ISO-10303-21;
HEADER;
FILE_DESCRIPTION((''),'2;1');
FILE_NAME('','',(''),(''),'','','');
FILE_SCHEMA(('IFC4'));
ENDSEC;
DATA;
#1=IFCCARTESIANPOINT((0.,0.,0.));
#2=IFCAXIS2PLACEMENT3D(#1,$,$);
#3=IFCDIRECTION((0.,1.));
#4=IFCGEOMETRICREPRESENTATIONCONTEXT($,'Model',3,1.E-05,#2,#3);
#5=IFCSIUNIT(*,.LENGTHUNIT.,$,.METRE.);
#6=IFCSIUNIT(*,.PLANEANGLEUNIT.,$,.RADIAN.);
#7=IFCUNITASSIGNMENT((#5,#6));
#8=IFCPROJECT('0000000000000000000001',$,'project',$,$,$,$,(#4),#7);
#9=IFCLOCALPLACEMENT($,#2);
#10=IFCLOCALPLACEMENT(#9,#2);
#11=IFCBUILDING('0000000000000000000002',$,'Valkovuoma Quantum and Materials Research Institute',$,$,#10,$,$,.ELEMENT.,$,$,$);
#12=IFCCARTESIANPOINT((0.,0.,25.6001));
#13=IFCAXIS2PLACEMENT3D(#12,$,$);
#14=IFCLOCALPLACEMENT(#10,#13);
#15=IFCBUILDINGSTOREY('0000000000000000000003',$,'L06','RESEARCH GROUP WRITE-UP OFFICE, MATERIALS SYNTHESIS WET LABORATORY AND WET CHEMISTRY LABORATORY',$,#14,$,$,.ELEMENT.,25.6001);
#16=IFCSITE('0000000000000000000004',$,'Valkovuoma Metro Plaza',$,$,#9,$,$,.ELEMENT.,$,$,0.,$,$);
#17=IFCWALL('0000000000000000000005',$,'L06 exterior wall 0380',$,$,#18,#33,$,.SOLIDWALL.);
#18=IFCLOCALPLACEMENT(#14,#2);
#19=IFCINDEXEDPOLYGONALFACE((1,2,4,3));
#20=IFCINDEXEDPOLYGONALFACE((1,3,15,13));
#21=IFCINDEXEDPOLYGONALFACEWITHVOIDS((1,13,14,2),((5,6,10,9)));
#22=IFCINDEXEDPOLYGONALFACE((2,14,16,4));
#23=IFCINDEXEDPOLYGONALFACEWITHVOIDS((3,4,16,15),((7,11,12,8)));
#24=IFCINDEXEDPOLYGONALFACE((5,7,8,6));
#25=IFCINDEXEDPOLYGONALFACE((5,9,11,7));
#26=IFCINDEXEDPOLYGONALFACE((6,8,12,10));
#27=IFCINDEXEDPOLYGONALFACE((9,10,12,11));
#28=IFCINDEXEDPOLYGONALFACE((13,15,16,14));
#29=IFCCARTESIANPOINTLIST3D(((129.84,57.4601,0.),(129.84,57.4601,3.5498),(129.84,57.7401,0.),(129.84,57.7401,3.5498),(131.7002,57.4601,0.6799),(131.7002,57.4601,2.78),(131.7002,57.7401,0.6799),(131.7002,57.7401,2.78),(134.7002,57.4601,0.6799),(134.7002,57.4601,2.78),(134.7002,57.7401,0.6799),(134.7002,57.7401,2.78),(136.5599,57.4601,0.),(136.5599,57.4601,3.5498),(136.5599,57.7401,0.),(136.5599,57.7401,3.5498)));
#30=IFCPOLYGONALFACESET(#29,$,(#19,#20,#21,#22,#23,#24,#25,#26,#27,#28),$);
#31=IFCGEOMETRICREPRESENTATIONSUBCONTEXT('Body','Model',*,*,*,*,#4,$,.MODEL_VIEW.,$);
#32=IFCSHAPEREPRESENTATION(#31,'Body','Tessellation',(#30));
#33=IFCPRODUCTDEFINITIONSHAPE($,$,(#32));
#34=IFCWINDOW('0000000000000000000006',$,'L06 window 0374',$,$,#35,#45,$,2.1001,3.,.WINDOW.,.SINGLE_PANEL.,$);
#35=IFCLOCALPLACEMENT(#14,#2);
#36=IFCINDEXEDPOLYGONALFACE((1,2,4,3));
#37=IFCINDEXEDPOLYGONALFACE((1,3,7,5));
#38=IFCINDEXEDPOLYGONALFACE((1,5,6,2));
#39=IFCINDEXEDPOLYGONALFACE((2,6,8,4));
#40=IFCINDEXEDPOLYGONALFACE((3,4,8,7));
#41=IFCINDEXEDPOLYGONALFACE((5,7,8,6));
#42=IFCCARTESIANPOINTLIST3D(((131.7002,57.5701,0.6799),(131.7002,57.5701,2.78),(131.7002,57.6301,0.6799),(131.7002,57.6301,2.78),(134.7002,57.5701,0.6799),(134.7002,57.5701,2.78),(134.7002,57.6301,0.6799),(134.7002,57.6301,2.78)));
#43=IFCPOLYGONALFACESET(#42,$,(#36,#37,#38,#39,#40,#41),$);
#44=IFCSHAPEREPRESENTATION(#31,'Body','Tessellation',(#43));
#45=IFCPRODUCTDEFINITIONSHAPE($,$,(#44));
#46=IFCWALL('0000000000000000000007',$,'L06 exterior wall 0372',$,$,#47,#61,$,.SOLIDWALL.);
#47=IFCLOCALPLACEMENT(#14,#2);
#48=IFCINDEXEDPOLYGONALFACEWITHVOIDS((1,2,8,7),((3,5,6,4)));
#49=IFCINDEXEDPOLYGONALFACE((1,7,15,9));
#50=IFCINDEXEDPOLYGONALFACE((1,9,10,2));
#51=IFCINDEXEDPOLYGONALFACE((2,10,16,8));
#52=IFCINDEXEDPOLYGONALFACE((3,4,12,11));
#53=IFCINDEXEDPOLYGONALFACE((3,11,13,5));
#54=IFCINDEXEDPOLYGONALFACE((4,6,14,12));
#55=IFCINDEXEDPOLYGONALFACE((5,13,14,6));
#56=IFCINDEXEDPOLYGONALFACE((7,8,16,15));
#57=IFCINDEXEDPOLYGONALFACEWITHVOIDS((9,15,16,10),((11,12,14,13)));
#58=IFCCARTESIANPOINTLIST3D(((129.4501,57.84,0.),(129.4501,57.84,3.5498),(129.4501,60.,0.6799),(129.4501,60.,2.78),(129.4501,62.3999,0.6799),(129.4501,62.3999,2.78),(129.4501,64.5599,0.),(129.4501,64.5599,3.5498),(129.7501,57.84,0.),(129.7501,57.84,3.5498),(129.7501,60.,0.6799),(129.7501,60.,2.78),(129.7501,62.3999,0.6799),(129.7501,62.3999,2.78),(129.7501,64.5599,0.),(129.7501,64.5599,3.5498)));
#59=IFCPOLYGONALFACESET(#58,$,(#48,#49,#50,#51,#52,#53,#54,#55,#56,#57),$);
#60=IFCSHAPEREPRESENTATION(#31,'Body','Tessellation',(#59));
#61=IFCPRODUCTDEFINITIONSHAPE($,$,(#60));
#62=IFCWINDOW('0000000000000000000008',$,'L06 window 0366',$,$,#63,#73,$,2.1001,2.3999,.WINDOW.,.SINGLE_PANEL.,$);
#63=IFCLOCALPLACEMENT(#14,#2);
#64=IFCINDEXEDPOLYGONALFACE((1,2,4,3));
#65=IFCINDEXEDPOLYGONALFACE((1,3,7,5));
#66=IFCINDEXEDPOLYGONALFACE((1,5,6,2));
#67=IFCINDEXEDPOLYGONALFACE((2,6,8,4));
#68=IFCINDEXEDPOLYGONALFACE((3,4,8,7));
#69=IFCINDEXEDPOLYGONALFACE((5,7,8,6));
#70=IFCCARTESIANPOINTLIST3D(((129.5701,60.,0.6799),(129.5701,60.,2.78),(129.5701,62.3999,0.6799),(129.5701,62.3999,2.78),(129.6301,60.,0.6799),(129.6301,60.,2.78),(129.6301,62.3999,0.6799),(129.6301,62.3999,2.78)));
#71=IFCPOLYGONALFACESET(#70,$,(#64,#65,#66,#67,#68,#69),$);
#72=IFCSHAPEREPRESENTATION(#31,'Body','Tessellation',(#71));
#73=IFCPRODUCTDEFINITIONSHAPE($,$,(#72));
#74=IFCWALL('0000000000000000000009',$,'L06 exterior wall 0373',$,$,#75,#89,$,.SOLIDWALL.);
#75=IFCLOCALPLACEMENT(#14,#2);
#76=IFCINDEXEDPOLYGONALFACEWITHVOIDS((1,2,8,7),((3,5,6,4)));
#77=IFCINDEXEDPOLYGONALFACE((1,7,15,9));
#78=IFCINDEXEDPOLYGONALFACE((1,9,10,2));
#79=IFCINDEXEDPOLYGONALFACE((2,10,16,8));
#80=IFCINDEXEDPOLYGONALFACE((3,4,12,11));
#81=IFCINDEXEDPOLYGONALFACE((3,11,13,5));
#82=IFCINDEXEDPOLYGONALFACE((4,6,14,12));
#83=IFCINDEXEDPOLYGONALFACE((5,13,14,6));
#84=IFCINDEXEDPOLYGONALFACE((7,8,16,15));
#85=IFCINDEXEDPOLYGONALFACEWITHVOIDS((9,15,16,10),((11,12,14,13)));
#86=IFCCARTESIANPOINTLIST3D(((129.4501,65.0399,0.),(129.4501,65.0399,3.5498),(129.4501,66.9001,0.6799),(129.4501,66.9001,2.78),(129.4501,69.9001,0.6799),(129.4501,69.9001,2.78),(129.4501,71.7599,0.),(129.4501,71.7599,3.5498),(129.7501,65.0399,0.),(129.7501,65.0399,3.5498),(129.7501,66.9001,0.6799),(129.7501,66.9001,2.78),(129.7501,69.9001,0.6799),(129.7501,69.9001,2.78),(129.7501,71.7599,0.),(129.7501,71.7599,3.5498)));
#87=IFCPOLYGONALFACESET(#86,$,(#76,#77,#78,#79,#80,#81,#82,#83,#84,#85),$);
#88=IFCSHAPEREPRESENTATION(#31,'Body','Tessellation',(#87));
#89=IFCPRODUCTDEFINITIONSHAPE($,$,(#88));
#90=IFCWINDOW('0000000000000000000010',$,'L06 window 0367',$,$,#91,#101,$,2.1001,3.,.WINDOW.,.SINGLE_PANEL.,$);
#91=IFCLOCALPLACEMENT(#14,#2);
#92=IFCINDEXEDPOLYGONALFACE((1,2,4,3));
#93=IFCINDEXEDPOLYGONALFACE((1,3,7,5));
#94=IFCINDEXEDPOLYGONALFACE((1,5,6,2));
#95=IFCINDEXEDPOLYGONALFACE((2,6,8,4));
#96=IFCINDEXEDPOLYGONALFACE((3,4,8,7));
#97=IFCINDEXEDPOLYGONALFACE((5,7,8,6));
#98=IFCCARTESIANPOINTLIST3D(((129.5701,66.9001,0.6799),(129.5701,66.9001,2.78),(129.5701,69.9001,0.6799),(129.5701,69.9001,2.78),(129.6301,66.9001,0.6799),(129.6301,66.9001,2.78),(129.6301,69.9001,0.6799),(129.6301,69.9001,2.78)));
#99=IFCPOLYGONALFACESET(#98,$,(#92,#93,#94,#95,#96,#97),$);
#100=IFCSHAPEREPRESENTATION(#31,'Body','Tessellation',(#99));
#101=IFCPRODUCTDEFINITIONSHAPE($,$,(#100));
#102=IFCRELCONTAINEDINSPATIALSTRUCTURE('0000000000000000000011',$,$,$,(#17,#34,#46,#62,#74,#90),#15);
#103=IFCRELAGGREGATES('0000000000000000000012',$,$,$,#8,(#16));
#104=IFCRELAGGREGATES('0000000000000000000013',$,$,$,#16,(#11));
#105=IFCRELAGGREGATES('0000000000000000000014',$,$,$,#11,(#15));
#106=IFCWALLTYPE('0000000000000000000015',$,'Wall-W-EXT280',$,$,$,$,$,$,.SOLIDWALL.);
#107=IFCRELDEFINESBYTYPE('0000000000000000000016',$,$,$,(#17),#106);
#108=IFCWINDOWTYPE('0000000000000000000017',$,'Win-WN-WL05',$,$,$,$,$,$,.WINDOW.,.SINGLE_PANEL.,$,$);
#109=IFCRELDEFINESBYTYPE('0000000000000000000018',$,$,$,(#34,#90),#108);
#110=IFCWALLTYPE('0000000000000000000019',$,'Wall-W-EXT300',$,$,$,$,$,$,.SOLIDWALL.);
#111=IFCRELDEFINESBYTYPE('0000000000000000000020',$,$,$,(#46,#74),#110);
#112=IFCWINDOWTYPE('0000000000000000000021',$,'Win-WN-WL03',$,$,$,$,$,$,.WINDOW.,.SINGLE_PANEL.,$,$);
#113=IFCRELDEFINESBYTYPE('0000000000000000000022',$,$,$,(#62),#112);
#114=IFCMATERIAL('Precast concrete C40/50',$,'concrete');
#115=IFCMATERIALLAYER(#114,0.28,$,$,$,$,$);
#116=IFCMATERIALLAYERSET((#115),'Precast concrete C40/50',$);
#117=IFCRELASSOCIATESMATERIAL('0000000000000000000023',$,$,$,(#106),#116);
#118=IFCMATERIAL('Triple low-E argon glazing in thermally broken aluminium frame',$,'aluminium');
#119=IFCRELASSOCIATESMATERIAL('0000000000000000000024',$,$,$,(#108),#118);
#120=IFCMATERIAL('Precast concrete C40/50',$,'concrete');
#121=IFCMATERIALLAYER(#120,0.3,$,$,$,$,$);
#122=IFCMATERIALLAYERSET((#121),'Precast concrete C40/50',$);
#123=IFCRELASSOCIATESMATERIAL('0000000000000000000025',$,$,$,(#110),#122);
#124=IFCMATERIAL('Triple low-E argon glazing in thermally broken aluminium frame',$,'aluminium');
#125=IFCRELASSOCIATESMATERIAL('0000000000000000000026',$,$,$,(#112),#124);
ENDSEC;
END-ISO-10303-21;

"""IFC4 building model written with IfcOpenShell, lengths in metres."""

from ifc_helpers import new_model, si_unit, direction, frame, frame_2d, origin, place, context, subcontext, project, spatial, rectangle, extrude, material, layer, layer_set, type_object, element, fill, save


model = new_model("IFC4")

# Units and contexts
model_context = context("Model", 3, precision=1e-05, world=origin(), true_north=direction((0.0, 1.0)))
body_context = subcontext(model_context, "Body", "Model", "MODEL_VIEW")
ifc_project = project(units=[si_unit("LENGTHUNIT", "METRE"), si_unit("PLANEANGLEUNIT", "RADIAN")], contexts=[model_context])

# Site, building, storey
site_placement = place(None, origin())
site = spatial("IfcSite", under=ifc_project, at=site_placement, Name="Valkovuoma Metro Plaza", CompositionType="ELEMENT", RefElevation=0.0)
building_placement = place(site_placement, origin())
building = spatial("IfcBuilding", under=site, at=building_placement, Name="Valkovuoma Quantum and Materials Research Institute", CompositionType="ELEMENT")
storey_placement = place(building_placement, frame((0.0, 0.0, 25.6001)))
storey = spatial("IfcBuildingStorey", under=building, at=storey_placement, Name="L06", Description="RESEARCH GROUP WRITE-UP OFFICE, MATERIALS SYNTHESIS WET LABORATORY AND WET CHEMISTRY LABORATORY", CompositionType="ELEMENT", Elevation=25.6001)

# Walls, openings, windows
ifc_material_1 = material(Name="Precast concrete C40/50", Category="concrete")
ifc_layer_1 = layer(ifc_material_1, 0.28)
ifc_layer_set_1 = layer_set([ifc_layer_1], Name="Precast concrete C40/50")
wall_type_1 = type_object("IfcWallType", Name="Wall-W-EXT280", PredefinedType="SOLIDWALL", material=ifc_layer_set_1)
wall_1_placement = place(storey_placement, frame((129.8401, 57.6001, 0.0), z_axis=(0.0, 0.0, 1.0), x_axis=(1.0, 0.0, 0.0)))
wall_1 = element("IfcWall", 1, at=wall_1_placement, inside=storey, type_object=wall_type_1, Name="L06 exterior wall 0380", PredefinedType="SOLIDWALL", context=body_context, shape_type="SweptSolid", body=[
    extrude(rectangle(XDim=6.72, YDim=0.28, at=frame_2d((3.3599, 0.0))), origin(), (0.0, 0.0, 1.0), 3.5498),
])
opening_1_placement = place(wall_1_placement, frame((1.8601, 0.0, 0.6799)))
opening_1 = element("IfcOpeningElement", 2, at=opening_1_placement, cuts=wall_1, PredefinedType="OPENING", context=body_context, shape_type="SweptSolid", body=[
    extrude(rectangle(XDim=3.0, YDim=2.1001, at=frame_2d((1.5, 1.05))), frame((0.0, 0.1499, 0.0), z_axis=(0.0, -1.0, 0.0), x_axis=(1.0, 0.0, 0.0)), (0.0, 0.0, 1.0), 0.3),
])
ifc_material_2 = material(Name="Triple low-E argon glazing in thermally broken aluminium frame", Category="aluminium")
window_type_1 = type_object("IfcWindowType", Name="Win-WN-WL05", PartitioningType="SINGLE_PANEL", PredefinedType="WINDOW", material=ifc_material_2)
window_1_placement = place(opening_1_placement, origin())
window_1 = element("IfcWindow", 3, at=window_1_placement, inside=storey, type_object=window_type_1, Name="L06 window 0374", OverallHeight=2.1001, OverallWidth=3.0, PartitioningType="SINGLE_PANEL", PredefinedType="WINDOW", context=body_context, shape_type="SweptSolid", body=[
    extrude(rectangle(XDim=3.0, YDim=2.1001, at=frame_2d((1.5, 1.05))), frame((0.0, 0.03, 0.0), z_axis=(0.0, -1.0, 0.0), x_axis=(1.0, 0.0, 0.0)), (0.0, 0.0, 1.0), 0.0601),
])
fill(opening_1, window_1)
ifc_material_3 = material(Name="Precast concrete C40/50", Category="concrete")
ifc_layer_2 = layer(ifc_material_3, 0.3)
ifc_layer_set_2 = layer_set([ifc_layer_2], Name="Precast concrete C40/50")
wall_type_2 = type_object("IfcWallType", Name="Wall-W-EXT300", PredefinedType="SOLIDWALL", material=ifc_layer_set_2)
wall_2_placement = place(storey_placement, frame((129.6001, 57.8401, 0.0), z_axis=(0.0, 0.0, 1.0), x_axis=(0.0, 1.0, 0.0)))
wall_2 = element("IfcWall", 4, at=wall_2_placement, inside=storey, type_object=wall_type_2, Name="L06 exterior wall 0372", PredefinedType="SOLIDWALL", context=body_context, shape_type="SweptSolid", body=[
    extrude(rectangle(XDim=6.72, YDim=0.3, at=frame_2d((3.3599, 0.0))), origin(), (0.0, 0.0, 1.0), 3.5498),
])
opening_2_placement = place(wall_2_placement, frame((2.1599, 0.0, 0.6799)))
opening_2 = element("IfcOpeningElement", 5, at=opening_2_placement, cuts=wall_2, PredefinedType="OPENING", context=body_context, shape_type="SweptSolid", body=[
    extrude(rectangle(XDim=2.3999, YDim=2.1001, at=frame_2d((1.2, 1.05))), frame((0.0, 0.1602, 0.0), z_axis=(0.0, -1.0, 0.0), x_axis=(1.0, 0.0, 0.0)), (0.0, 0.0, 1.0), 0.3201),
])
ifc_material_4 = material(Name="Triple low-E argon glazing in thermally broken aluminium frame", Category="aluminium")
window_type_2 = type_object("IfcWindowType", Name="Win-WN-WL03", PartitioningType="SINGLE_PANEL", PredefinedType="WINDOW", material=ifc_material_4)
window_2_placement = place(opening_2_placement, origin())
window_2 = element("IfcWindow", 6, at=window_2_placement, inside=storey, type_object=window_type_2, Name="L06 window 0366", OverallHeight=2.1001, OverallWidth=2.3999, PartitioningType="SINGLE_PANEL", PredefinedType="WINDOW", context=body_context, shape_type="SweptSolid", body=[
    extrude(rectangle(XDim=2.3999, YDim=2.1001, at=frame_2d((1.2, 1.05))), frame((0.0, 0.03, 0.0), z_axis=(0.0, -1.0, 0.0), x_axis=(1.0, 0.0, 0.0)), (0.0, 0.0, 1.0), 0.0601),
])
fill(opening_2, window_2)
wall_3_placement = place(storey_placement, frame((129.6001, 65.04, 0.0), z_axis=(0.0, 0.0, 1.0), x_axis=(0.0, 1.0, 0.0)))
wall_3 = element("IfcWall", 7, at=wall_3_placement, inside=storey, type_object=wall_type_2, Name="L06 exterior wall 0373", PredefinedType="SOLIDWALL", context=body_context, shape_type="SweptSolid", body=[
    extrude(rectangle(XDim=6.72, YDim=0.3, at=frame_2d((3.3599, 0.0))), origin(), (0.0, 0.0, 1.0), 3.5498),
])
opening_3_placement = place(wall_3_placement, frame((1.8601, 0.0, 0.6799)))
opening_3 = element("IfcOpeningElement", 8, at=opening_3_placement, cuts=wall_3, PredefinedType="OPENING", context=body_context, shape_type="SweptSolid", body=[
    extrude(rectangle(XDim=3.0, YDim=2.1001, at=frame_2d((1.5, 1.05))), frame((0.0, 0.1602, 0.0), z_axis=(0.0, -1.0, 0.0), x_axis=(1.0, 0.0, 0.0)), (0.0, 0.0, 1.0), 0.3201),
])
window_3_placement = place(opening_3_placement, origin())
window_3 = element("IfcWindow", 9, at=window_3_placement, inside=storey, type_object=window_type_1, Name="L06 window 0367", OverallHeight=2.1001, OverallWidth=3.0, PartitioningType="SINGLE_PANEL", PredefinedType="WINDOW", context=body_context, shape_type="SweptSolid", body=[
    extrude(rectangle(XDim=3.0, YDim=2.1001, at=frame_2d((1.5, 1.05))), frame((0.0, 0.03, 0.0), z_axis=(0.0, -1.0, 0.0), x_axis=(1.0, 0.0, 0.0)), (0.0, 0.0, 1.0), 0.0601),
])
fill(opening_3, window_3)

save(model, "model.ifc")
